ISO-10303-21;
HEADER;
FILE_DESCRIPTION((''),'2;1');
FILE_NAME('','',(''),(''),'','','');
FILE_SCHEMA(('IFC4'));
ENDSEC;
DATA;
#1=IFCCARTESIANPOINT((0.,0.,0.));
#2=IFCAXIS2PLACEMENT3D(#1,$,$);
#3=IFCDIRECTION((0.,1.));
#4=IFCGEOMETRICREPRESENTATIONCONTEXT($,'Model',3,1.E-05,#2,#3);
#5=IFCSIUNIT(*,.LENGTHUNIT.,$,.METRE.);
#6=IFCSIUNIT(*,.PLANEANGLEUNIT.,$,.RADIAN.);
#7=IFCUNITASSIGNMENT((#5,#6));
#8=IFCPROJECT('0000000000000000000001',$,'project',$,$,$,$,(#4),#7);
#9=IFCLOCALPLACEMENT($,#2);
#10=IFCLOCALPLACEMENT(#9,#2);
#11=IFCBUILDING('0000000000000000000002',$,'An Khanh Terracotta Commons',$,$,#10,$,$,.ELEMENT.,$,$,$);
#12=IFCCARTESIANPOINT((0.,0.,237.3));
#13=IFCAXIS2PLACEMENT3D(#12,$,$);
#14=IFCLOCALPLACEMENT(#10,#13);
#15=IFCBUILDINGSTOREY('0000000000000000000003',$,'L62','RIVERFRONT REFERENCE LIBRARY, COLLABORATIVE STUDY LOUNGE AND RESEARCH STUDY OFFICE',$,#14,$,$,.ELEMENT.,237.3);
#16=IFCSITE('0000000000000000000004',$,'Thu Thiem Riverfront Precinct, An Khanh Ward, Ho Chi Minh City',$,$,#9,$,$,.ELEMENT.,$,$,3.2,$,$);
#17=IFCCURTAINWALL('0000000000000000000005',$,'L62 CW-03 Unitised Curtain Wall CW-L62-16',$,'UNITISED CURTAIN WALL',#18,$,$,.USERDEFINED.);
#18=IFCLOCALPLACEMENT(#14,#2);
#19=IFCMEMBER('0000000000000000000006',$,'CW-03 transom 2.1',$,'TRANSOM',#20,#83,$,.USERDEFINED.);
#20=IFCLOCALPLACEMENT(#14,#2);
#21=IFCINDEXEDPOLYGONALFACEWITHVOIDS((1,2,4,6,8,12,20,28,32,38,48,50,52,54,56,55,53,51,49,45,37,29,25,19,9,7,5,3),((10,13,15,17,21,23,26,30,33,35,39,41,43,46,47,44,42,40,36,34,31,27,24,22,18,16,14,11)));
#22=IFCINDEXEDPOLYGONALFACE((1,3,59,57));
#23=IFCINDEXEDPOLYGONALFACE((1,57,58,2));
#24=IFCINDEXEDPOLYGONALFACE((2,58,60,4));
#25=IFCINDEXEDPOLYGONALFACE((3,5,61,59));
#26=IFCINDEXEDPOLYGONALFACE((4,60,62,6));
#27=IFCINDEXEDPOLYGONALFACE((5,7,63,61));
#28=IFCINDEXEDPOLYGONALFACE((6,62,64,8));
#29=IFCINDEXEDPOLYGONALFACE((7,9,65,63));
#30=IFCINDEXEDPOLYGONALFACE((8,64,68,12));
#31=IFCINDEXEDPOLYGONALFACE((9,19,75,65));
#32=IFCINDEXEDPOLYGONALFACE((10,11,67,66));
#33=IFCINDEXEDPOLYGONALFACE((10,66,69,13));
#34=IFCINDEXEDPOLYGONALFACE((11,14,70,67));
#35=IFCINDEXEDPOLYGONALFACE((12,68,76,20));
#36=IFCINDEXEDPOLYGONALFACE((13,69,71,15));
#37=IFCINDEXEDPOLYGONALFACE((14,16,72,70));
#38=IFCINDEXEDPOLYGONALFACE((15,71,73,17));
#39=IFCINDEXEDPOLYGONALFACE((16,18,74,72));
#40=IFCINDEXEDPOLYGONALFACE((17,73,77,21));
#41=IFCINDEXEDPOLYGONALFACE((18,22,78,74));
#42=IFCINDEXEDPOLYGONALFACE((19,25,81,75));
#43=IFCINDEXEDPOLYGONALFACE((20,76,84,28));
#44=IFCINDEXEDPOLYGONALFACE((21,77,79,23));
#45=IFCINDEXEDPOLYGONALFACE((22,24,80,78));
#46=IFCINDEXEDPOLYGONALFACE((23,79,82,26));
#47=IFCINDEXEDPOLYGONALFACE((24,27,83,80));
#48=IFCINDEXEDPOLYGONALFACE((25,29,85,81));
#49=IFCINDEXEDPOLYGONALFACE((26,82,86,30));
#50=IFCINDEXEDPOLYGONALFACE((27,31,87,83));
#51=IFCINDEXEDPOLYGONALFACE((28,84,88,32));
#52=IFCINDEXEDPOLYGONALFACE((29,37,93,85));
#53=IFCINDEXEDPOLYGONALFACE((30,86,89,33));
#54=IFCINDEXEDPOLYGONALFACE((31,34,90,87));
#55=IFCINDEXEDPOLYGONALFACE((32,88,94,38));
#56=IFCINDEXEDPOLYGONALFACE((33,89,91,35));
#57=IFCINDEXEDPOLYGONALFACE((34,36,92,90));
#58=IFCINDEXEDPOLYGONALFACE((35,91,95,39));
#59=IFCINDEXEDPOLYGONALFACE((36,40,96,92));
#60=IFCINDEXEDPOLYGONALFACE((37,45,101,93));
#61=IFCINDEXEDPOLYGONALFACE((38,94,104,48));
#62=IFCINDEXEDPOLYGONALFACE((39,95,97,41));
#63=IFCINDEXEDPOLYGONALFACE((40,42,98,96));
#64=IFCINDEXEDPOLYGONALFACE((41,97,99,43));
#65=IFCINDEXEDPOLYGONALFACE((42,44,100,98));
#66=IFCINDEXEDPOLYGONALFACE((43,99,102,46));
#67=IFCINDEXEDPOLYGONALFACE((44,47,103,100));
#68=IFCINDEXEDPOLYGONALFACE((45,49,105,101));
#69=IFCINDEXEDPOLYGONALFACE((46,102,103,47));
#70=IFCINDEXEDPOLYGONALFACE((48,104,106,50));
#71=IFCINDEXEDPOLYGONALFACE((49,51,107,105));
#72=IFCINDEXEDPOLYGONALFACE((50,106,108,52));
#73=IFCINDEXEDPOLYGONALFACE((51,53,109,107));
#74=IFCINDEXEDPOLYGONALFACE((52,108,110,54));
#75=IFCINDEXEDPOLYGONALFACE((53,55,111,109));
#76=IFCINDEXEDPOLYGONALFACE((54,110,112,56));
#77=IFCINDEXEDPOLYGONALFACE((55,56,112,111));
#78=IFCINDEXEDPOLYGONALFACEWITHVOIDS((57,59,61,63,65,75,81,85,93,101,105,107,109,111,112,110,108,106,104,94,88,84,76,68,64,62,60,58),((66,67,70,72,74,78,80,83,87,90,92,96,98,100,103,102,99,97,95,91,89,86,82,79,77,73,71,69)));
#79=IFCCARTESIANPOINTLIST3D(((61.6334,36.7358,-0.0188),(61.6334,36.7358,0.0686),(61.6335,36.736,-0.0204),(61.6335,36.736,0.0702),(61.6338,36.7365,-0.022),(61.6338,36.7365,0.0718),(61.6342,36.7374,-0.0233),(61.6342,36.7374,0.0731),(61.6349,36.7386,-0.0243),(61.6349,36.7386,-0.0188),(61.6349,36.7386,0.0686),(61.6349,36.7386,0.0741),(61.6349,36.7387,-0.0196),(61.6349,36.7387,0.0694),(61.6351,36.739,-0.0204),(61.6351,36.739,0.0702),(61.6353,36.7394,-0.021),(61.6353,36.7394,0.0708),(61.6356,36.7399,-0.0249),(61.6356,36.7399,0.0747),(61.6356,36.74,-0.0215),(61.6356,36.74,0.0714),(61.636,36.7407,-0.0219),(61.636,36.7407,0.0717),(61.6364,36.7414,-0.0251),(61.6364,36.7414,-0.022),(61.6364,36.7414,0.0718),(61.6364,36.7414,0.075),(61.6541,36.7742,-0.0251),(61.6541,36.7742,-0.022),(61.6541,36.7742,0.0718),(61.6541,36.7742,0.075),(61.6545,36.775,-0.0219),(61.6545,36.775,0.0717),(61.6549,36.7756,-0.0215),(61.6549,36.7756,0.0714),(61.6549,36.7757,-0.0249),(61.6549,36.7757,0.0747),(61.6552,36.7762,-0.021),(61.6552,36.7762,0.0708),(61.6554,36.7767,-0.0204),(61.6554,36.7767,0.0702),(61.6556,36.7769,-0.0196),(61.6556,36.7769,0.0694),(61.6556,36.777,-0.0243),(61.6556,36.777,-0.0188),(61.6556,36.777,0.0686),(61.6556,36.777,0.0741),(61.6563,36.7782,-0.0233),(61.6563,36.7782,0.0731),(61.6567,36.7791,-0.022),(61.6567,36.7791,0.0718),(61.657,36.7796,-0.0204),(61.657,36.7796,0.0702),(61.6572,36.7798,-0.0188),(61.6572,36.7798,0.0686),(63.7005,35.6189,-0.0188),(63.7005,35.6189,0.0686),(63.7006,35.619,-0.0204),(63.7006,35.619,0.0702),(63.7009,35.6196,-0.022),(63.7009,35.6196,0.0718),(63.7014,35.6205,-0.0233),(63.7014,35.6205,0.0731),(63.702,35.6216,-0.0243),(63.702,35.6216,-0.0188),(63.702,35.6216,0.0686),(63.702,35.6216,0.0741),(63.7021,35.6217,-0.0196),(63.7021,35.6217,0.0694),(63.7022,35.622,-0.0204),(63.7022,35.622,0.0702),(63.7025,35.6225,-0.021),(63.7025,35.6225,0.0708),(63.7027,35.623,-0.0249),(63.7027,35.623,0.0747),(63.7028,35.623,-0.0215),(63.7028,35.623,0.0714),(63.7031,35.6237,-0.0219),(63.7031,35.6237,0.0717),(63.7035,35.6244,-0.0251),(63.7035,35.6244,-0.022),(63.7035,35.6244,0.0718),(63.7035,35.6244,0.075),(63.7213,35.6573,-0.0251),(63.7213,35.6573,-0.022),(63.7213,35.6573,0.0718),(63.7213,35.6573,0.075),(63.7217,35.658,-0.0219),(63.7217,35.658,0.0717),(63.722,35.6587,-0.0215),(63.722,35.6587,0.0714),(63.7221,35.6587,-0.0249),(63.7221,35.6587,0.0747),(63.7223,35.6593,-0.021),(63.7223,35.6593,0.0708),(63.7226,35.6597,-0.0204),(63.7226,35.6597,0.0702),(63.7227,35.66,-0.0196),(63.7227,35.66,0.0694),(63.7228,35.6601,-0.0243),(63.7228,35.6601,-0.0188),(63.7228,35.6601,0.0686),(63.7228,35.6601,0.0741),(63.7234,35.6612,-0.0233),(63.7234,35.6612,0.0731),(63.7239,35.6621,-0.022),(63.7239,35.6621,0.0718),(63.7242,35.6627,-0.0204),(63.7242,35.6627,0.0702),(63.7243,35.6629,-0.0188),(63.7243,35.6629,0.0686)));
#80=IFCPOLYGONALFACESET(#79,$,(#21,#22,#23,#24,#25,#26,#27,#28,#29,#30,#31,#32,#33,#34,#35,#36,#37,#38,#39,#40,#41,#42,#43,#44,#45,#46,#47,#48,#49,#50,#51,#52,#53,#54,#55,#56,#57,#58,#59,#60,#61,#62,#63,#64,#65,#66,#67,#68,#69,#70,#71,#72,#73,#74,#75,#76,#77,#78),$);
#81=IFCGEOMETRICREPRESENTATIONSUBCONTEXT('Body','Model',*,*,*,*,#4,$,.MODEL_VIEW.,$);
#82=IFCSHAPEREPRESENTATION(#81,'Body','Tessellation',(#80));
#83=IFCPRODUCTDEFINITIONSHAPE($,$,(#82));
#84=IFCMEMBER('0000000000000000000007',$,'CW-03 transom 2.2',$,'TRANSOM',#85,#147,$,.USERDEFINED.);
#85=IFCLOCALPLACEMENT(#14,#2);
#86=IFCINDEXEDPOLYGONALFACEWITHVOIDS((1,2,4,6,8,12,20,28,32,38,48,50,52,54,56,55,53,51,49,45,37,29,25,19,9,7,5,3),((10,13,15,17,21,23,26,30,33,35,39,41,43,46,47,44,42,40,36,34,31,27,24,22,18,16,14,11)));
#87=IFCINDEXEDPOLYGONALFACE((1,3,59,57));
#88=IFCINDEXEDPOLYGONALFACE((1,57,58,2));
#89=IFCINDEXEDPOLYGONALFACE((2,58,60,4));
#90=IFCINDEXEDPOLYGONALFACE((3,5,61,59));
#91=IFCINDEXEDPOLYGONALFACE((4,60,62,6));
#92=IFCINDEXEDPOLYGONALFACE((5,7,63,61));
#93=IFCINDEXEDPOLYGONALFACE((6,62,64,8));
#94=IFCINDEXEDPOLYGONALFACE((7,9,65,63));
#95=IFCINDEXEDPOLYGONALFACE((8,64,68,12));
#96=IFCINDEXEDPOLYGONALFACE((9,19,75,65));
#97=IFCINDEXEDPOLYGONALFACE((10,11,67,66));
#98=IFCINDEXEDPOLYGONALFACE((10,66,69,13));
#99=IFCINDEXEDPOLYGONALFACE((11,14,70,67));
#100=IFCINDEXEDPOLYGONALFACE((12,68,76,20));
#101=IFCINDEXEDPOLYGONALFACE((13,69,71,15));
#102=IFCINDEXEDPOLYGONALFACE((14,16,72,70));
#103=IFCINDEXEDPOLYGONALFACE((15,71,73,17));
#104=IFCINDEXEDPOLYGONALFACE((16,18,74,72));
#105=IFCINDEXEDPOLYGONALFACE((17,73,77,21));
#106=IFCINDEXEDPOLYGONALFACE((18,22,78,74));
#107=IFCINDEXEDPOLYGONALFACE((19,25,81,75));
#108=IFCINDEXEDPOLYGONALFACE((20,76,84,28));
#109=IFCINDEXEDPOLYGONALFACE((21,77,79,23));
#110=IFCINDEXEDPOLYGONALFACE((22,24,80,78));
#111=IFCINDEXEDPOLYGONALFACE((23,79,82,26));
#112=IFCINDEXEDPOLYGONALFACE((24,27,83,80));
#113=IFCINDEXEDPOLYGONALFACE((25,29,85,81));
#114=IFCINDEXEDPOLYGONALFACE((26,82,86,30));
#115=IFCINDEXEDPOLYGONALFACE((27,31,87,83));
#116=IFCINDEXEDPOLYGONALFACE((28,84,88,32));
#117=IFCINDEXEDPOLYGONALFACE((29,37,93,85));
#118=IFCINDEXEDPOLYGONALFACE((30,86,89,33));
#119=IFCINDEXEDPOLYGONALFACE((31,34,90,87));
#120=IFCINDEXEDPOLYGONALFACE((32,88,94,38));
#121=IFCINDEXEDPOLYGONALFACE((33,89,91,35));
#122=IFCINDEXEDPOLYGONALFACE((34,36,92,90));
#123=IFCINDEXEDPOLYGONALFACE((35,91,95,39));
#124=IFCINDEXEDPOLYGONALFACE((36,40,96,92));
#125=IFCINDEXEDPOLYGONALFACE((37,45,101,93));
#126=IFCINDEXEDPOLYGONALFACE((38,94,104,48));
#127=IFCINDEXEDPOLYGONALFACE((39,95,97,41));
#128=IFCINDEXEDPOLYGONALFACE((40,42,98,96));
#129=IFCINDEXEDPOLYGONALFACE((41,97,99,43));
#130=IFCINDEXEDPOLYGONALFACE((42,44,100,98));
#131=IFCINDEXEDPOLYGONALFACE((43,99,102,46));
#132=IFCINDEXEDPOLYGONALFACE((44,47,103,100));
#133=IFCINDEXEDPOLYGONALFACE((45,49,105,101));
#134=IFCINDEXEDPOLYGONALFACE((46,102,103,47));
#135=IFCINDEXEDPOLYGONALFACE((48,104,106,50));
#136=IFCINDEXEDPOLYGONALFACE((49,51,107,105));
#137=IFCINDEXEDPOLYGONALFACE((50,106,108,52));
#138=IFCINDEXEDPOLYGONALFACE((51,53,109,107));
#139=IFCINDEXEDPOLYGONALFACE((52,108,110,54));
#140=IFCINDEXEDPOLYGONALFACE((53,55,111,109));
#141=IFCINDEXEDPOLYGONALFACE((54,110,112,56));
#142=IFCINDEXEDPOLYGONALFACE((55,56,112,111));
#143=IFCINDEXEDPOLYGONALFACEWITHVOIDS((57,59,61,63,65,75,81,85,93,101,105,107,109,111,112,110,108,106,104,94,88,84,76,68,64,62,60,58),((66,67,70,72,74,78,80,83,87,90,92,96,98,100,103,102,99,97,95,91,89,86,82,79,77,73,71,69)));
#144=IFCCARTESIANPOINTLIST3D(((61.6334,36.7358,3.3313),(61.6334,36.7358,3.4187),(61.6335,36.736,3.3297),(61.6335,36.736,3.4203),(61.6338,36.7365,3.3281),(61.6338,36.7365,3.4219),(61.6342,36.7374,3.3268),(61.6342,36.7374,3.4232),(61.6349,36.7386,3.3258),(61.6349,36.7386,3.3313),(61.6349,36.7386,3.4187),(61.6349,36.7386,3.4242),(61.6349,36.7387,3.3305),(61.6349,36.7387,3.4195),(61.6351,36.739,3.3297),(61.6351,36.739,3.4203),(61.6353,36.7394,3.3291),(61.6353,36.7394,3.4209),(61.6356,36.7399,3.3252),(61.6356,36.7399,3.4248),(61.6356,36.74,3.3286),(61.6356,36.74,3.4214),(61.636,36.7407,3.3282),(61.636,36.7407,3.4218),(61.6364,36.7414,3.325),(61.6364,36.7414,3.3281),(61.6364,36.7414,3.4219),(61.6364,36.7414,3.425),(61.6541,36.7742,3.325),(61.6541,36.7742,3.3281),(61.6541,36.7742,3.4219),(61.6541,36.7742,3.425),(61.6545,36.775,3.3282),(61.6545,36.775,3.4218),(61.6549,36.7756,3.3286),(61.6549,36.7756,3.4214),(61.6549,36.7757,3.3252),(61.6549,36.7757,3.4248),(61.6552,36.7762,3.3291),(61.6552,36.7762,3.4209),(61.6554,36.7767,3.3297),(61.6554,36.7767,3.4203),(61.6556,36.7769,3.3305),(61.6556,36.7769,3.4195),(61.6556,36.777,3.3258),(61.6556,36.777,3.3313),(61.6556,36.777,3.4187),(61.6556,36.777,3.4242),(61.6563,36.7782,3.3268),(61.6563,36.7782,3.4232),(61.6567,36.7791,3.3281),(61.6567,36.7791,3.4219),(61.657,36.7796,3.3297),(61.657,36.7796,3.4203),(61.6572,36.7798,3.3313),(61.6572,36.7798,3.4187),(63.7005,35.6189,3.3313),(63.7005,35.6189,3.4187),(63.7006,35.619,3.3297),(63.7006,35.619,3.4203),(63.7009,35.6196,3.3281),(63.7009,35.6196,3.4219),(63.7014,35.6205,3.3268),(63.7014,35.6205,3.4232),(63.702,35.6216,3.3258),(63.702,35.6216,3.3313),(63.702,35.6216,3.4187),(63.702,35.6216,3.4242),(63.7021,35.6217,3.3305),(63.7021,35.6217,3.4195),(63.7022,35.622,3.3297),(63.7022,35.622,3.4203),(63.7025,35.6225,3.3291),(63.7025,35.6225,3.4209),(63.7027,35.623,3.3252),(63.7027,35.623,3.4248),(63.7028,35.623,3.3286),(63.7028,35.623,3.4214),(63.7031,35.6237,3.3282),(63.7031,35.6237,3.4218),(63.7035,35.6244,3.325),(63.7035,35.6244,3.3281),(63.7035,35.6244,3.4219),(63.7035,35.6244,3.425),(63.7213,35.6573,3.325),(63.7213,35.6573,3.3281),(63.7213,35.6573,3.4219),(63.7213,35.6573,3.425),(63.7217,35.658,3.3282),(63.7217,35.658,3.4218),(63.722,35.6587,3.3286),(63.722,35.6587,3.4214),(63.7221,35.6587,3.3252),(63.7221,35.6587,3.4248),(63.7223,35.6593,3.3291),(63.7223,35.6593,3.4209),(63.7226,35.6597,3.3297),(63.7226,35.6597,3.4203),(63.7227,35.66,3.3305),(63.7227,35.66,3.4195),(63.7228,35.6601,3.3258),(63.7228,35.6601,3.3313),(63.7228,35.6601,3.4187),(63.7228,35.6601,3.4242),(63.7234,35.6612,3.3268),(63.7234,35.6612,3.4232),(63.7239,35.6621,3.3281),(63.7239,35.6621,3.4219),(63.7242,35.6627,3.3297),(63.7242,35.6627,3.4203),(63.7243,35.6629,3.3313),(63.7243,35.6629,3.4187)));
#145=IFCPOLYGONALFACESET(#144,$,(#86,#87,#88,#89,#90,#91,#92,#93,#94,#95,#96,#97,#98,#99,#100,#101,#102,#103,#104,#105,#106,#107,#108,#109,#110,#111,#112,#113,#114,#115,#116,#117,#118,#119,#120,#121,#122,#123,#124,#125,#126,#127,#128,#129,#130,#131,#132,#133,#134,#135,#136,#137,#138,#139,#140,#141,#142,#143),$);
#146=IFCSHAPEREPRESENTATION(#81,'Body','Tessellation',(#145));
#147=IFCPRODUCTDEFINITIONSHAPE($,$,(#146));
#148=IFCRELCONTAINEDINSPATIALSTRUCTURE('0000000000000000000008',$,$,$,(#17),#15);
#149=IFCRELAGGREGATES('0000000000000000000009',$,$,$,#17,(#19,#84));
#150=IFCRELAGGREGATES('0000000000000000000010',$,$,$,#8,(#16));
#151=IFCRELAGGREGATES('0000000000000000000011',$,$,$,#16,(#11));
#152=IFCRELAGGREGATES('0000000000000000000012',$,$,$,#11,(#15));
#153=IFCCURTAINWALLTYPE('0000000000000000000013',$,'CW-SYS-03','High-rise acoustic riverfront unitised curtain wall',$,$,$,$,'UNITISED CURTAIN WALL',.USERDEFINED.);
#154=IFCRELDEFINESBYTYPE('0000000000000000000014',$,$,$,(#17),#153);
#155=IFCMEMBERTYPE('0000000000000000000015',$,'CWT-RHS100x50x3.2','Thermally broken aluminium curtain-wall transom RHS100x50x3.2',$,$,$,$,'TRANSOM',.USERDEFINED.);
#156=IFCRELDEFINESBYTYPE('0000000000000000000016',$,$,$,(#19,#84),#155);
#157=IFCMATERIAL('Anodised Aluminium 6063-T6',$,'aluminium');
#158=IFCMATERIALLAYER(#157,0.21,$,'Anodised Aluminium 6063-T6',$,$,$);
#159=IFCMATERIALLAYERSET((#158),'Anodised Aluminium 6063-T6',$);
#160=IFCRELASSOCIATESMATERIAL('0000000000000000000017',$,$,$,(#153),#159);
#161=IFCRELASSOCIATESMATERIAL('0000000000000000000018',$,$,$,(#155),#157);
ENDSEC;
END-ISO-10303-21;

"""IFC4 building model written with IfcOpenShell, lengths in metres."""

from ifc_helpers import new_model, si_unit, direction, frame, origin, origin_2d, place, context, subcontext, project, spatial, hollow_rectangle, extrude, material, layer, layer_set, material_profile, profile_set, type_object, element, aggregate, save


model = new_model("IFC4")

# Units and contexts
model_context = context("Model", 3, precision=1e-05, world=origin(), true_north=direction((0.0, 1.0)))
body_context = subcontext(model_context, "Body", "Model", "MODEL_VIEW")
ifc_project = project(units=[si_unit("LENGTHUNIT", "METRE"), si_unit("PLANEANGLEUNIT", "RADIAN")], contexts=[model_context])

# Site, building, storey
site_placement = place(None, origin())
site = spatial("IfcSite", under=ifc_project, at=site_placement, Name="Thu Thiem Riverfront Precinct, An Khanh Ward, Ho Chi Minh City", CompositionType="ELEMENT", RefElevation=3.2)
building_placement = place(site_placement, origin())
building = spatial("IfcBuilding", under=site, at=building_placement, Name="An Khanh Terracotta Commons", CompositionType="ELEMENT")
storey_placement = place(building_placement, frame((0.0, 0.0, 237.3)))
storey = spatial("IfcBuildingStorey", under=building, at=storey_placement, Name="L62", Description="RIVERFRONT REFERENCE LIBRARY, COLLABORATIVE STUDY LOUNGE AND RESEARCH STUDY OFFICE", CompositionType="ELEMENT", Elevation=237.3)

# Curtain wall
ifc_material_1 = material(Name="Anodised Aluminium 6063-T6", Category="aluminium")
ifc_layer_1 = layer(ifc_material_1, 0.21, Name="Anodised Aluminium 6063-T6")
ifc_layer_set_1 = layer_set([ifc_layer_1], Name="Anodised Aluminium 6063-T6")
curtain_wall_type = type_object("IfcCurtainWallType", Name="CW-SYS-03", Description="High-rise acoustic riverfront unitised curtain wall", ElementType="UNITISED CURTAIN WALL", PredefinedType="USERDEFINED", material=ifc_layer_set_1)
curtain_wall_1_placement = place(storey_placement, origin())
curtain_wall_1 = element("IfcCurtainWall", 1, at=curtain_wall_1_placement, inside=storey, type_object=curtain_wall_type, Name="L62 CW-03 Unitised Curtain Wall CW-L62-16", ObjectType="UNITISED CURTAIN WALL", PredefinedType="USERDEFINED")

# Members
ifc_material_profile_1 = material_profile(ifc_material_1, hollow_rectangle(XDim=0.05, YDim=0.1001, WallThickness=0.0032, InnerFilletRadius=0.0032, OuterFilletRadius=0.0063, at=origin_2d()), Name="RHS100x50x3.2")
ifc_profile_set_1 = profile_set([ifc_material_profile_1], Name="Anodised Aluminium 6063-T6")
member_type_1 = type_object("IfcMemberType", Name="CWT-RHS100x50x3.2", Description="Thermally broken aluminium curtain-wall transom RHS100x50x3.2", ElementType="TRANSOM", PredefinedType="USERDEFINED", material=ifc_profile_set_1)
member_1_placement = place(storey_placement, frame((63.7124, 35.6409, 0.0249), z_axis=(-0.879783, 0.475376, 0.0), x_axis=(-0.475376, -0.879783, 0.0)))
member_1 = element("IfcMember", 2, at=member_1_placement, type_object=member_type_1, Name="CW-03 transom 2.1", ObjectType="TRANSOM", PredefinedType="USERDEFINED", context=body_context, shape_type="SweptSolid", body=[
    extrude(hollow_rectangle(XDim=0.05, YDim=0.1001, WallThickness=0.0032, InnerFilletRadius=0.0032, OuterFilletRadius=0.0063, at=origin_2d()), origin(), (0.0, 0.0, 1.0), 2.3496),
])
member_2_placement = place(storey_placement, frame((63.7124, 35.6409, 3.375), z_axis=(-0.879783, 0.475376, 0.0), x_axis=(-0.475376, -0.879783, 0.0)))
member_2 = element("IfcMember", 3, at=member_2_placement, type_object=member_type_1, Name="CW-03 transom 2.2", ObjectType="TRANSOM", PredefinedType="USERDEFINED", context=body_context, shape_type="SweptSolid", body=[
    extrude(hollow_rectangle(XDim=0.05, YDim=0.1001, WallThickness=0.0032, InnerFilletRadius=0.0032, OuterFilletRadius=0.0063, at=origin_2d()), origin(), (0.0, 0.0, 1.0), 2.3496),
])

aggregate(curtain_wall_1, [member_1, member_2])

save(model, "model.ifc")
